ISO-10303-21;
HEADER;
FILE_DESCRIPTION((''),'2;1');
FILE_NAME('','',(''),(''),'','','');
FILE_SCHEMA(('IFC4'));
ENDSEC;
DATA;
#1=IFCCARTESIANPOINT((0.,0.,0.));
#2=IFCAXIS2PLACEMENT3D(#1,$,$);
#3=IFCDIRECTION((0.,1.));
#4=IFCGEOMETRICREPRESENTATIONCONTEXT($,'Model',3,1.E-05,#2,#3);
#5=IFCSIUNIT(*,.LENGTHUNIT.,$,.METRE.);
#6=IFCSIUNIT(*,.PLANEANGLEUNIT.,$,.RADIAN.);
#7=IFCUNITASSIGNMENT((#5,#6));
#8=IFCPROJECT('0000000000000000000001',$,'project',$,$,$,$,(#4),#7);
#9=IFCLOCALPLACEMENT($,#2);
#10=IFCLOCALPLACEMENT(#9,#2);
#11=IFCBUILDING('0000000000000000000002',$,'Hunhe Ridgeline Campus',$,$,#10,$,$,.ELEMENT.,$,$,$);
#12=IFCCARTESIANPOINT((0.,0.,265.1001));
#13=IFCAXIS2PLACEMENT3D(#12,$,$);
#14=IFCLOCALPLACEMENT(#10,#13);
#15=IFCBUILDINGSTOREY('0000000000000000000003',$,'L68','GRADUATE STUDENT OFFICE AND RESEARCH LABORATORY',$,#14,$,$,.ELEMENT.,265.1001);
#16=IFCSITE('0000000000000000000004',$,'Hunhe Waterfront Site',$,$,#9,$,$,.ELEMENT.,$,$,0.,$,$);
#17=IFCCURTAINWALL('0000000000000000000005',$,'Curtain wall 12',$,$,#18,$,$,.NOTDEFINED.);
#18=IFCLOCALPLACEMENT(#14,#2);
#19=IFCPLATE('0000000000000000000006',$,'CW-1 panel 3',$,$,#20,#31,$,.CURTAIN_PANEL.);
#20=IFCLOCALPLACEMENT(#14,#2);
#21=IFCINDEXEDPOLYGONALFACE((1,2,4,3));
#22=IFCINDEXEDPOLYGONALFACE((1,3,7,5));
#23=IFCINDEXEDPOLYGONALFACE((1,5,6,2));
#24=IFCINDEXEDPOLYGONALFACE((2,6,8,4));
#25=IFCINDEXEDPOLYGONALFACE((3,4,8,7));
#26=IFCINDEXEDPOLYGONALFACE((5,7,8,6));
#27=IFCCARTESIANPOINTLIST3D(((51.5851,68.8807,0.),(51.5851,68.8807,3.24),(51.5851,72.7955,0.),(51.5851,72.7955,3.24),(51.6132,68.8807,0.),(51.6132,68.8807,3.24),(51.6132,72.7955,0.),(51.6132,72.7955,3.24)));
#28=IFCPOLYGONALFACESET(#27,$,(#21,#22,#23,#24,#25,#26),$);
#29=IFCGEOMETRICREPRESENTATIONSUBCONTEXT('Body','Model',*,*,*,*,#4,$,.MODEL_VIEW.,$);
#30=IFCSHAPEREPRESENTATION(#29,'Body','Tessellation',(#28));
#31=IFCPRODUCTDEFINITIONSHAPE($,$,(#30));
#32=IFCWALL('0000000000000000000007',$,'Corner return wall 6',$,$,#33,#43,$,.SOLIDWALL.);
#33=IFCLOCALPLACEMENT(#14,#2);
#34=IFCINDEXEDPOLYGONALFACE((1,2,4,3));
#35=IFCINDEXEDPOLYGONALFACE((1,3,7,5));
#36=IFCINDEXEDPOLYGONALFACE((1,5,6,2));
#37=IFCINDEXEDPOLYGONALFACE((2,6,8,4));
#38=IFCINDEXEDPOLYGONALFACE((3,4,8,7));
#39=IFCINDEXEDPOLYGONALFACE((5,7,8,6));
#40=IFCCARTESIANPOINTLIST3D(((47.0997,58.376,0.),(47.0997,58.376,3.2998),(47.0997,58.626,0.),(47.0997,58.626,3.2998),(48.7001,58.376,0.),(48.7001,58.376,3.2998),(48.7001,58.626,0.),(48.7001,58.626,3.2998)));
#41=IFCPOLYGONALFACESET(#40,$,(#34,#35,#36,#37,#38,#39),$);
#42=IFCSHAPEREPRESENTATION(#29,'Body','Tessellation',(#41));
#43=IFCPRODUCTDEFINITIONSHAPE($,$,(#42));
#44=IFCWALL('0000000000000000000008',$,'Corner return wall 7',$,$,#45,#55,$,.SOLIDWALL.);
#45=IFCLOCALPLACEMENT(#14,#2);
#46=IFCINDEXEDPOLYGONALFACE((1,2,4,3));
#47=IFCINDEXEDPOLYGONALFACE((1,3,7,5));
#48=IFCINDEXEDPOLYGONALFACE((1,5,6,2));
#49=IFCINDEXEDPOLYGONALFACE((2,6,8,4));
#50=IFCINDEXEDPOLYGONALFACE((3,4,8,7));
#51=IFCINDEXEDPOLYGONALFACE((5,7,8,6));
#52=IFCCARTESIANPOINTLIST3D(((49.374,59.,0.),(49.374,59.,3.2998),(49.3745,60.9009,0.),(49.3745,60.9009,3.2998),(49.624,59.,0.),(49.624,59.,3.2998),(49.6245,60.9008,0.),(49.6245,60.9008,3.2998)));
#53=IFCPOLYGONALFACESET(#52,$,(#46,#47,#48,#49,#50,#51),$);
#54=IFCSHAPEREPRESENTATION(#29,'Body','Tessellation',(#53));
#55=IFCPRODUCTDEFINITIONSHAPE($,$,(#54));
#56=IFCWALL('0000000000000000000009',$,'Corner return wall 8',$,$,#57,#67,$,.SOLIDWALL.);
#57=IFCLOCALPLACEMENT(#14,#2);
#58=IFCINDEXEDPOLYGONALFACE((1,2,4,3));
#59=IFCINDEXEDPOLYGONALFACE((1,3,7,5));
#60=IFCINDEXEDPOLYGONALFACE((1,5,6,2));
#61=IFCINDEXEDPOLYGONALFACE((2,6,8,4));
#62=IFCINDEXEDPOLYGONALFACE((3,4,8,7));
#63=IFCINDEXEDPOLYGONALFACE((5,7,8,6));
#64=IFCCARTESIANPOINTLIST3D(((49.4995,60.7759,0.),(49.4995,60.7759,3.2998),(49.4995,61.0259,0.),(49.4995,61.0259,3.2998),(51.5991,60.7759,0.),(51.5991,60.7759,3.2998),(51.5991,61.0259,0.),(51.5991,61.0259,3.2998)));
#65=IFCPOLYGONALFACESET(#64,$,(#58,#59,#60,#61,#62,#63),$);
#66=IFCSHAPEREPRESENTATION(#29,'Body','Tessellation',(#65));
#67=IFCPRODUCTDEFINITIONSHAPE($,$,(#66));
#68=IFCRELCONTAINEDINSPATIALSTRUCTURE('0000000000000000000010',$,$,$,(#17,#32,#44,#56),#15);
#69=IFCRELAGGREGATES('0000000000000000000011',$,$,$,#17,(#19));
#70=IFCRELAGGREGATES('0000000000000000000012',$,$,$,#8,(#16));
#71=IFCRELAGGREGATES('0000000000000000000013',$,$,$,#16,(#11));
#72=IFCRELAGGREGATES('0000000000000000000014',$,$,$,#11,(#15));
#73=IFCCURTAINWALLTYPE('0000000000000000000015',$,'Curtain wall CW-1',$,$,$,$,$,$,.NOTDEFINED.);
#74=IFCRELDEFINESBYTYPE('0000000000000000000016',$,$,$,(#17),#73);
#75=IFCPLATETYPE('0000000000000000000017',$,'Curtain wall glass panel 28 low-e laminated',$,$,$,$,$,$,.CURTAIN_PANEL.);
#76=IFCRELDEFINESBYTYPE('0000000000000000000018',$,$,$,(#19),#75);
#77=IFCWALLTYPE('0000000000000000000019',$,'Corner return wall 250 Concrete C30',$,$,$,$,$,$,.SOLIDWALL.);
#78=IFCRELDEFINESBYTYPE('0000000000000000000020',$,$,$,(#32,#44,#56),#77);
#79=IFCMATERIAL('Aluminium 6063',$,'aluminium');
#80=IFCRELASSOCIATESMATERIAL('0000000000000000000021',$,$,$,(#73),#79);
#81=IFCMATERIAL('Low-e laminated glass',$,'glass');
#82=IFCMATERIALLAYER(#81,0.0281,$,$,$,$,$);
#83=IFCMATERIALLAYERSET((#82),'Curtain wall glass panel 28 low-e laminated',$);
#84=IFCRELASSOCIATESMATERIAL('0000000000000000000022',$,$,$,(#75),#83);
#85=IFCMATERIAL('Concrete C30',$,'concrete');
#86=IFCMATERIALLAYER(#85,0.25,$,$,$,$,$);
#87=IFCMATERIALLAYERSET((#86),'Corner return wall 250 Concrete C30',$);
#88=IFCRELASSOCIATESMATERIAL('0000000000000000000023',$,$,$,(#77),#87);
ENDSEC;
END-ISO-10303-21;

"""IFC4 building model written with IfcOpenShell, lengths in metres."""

from ifc_helpers import new_model, si_unit, direction, frame, frame_2d, origin, origin_2d, place, context, subcontext, project, spatial, rectangle, extrude, material, layer, layer_set, type_object, element, aggregate, save


model = new_model("IFC4")

# Units and contexts
model_context = context("Model", 3, precision=1e-05, world=origin(), true_north=direction((0.0, 1.0)))
body_context = subcontext(model_context, "Body", "Model", "MODEL_VIEW")
ifc_project = project(units=[si_unit("LENGTHUNIT", "METRE"), si_unit("PLANEANGLEUNIT", "RADIAN")], contexts=[model_context])

# Site, building, storey
site_placement = place(None, origin())
site = spatial("IfcSite", under=ifc_project, at=site_placement, Name="Hunhe Waterfront Site", CompositionType="ELEMENT", RefElevation=0.0)
building_placement = place(site_placement, origin())
building = spatial("IfcBuilding", under=site, at=building_placement, Name="Hunhe Ridgeline Campus", CompositionType="ELEMENT")
storey_placement = place(building_placement, frame((0.0, 0.0, 265.1001)))
storey = spatial("IfcBuildingStorey", under=building, at=storey_placement, Name="L68", Description="GRADUATE STUDENT OFFICE AND RESEARCH LABORATORY", CompositionType="ELEMENT", Elevation=265.1001)

# Curtain wall
ifc_material_1 = material(Name="Aluminium 6063", Category="aluminium")
curtain_wall_type = type_object("IfcCurtainWallType", Name="Curtain wall CW-1", PredefinedType="NOTDEFINED", material=ifc_material_1)
curtain_wall_placement = place(storey_placement, origin())
curtain_wall = element("IfcCurtainWall", 1, at=curtain_wall_placement, inside=storey, type_object=curtain_wall_type, Name="Curtain wall 12", PredefinedType="NOTDEFINED")

# Plate
ifc_material_2 = material(Name="Low-e laminated glass", Category="glass")
ifc_layer_1 = layer(ifc_material_2, 0.0281)
ifc_layer_set_1 = layer_set([ifc_layer_1], Name="Curtain wall glass panel 28 low-e laminated")
plate_type = type_object("IfcPlateType", Name="Curtain wall glass panel 28 low-e laminated", PredefinedType="CURTAIN_PANEL", material=ifc_layer_set_1)
plate_1_placement = place(storey_placement, frame((51.5991, 70.8381, 0.0), z_axis=(0.0, 0.0, 1.0), x_axis=(0.0, 1.0, 0.0)))
plate_1 = element("IfcPlate", 2, at=plate_1_placement, type_object=plate_type, Name="CW-1 panel 3", PredefinedType="CURTAIN_PANEL", context=body_context, shape_type="SweptSolid", body=[
    extrude(rectangle(XDim=3.9148, YDim=0.0281, at=origin_2d()), origin(), (0.0, 0.0, 1.0), 3.24),
])
aggregate(curtain_wall, [plate_1])

# Walls
ifc_material_3 = material(Name="Concrete C30", Category="concrete")
ifc_layer_2 = layer(ifc_material_3, 0.25)
ifc_layer_set_2 = layer_set([ifc_layer_2], Name="Corner return wall 250 Concrete C30")
wall_type = type_object("IfcWallType", Name="Corner return wall 250 Concrete C30", PredefinedType="SOLIDWALL", material=ifc_layer_set_2)
wall_1_placement = place(storey_placement, frame((47.0996, 58.501, 0.0), z_axis=(0.0, 0.0, 1.0), x_axis=(1.0, 0.0, 0.0)))
element("IfcWall", 3, at=wall_1_placement, inside=storey, type_object=wall_type, Name="Corner return wall 6", PredefinedType="SOLIDWALL", context=body_context, shape_type="SweptSolid", body=[
    extrude(rectangle(XDim=1.6003, YDim=0.25, at=frame_2d((0.8003, 0.0))), origin(), (0.0, 0.0, 1.0), 3.2998),
])
wall_2_placement = place(storey_placement, frame((49.499, 59.0, 0.0), z_axis=(0.0, 0.0, 1.0), x_axis=(0.000257, 1.0, 0.0)))
element("IfcWall", 4, at=wall_2_placement, inside=storey, type_object=wall_type, Name="Corner return wall 7", PredefinedType="SOLIDWALL", context=body_context, shape_type="SweptSolid", body=[
    extrude(rectangle(XDim=1.9009, YDim=0.25, at=frame_2d((0.9504, 0.0))), origin(), (0.0, 0.0, 1.0), 3.2998),
])
wall_3_placement = place(storey_placement, frame((49.4995, 60.9009, 0.0), z_axis=(0.0, 0.0, 1.0), x_axis=(1.0, 0.0, 0.0)))
element("IfcWall", 5, at=wall_3_placement, inside=storey, type_object=wall_type, Name="Corner return wall 8", PredefinedType="SOLIDWALL", context=body_context, shape_type="SweptSolid", body=[
    extrude(rectangle(XDim=2.0996, YDim=0.25, at=frame_2d((1.0498, 0.0))), origin(), (0.0, 0.0, 1.0), 3.2998),
])

save(model, "model.ifc")
